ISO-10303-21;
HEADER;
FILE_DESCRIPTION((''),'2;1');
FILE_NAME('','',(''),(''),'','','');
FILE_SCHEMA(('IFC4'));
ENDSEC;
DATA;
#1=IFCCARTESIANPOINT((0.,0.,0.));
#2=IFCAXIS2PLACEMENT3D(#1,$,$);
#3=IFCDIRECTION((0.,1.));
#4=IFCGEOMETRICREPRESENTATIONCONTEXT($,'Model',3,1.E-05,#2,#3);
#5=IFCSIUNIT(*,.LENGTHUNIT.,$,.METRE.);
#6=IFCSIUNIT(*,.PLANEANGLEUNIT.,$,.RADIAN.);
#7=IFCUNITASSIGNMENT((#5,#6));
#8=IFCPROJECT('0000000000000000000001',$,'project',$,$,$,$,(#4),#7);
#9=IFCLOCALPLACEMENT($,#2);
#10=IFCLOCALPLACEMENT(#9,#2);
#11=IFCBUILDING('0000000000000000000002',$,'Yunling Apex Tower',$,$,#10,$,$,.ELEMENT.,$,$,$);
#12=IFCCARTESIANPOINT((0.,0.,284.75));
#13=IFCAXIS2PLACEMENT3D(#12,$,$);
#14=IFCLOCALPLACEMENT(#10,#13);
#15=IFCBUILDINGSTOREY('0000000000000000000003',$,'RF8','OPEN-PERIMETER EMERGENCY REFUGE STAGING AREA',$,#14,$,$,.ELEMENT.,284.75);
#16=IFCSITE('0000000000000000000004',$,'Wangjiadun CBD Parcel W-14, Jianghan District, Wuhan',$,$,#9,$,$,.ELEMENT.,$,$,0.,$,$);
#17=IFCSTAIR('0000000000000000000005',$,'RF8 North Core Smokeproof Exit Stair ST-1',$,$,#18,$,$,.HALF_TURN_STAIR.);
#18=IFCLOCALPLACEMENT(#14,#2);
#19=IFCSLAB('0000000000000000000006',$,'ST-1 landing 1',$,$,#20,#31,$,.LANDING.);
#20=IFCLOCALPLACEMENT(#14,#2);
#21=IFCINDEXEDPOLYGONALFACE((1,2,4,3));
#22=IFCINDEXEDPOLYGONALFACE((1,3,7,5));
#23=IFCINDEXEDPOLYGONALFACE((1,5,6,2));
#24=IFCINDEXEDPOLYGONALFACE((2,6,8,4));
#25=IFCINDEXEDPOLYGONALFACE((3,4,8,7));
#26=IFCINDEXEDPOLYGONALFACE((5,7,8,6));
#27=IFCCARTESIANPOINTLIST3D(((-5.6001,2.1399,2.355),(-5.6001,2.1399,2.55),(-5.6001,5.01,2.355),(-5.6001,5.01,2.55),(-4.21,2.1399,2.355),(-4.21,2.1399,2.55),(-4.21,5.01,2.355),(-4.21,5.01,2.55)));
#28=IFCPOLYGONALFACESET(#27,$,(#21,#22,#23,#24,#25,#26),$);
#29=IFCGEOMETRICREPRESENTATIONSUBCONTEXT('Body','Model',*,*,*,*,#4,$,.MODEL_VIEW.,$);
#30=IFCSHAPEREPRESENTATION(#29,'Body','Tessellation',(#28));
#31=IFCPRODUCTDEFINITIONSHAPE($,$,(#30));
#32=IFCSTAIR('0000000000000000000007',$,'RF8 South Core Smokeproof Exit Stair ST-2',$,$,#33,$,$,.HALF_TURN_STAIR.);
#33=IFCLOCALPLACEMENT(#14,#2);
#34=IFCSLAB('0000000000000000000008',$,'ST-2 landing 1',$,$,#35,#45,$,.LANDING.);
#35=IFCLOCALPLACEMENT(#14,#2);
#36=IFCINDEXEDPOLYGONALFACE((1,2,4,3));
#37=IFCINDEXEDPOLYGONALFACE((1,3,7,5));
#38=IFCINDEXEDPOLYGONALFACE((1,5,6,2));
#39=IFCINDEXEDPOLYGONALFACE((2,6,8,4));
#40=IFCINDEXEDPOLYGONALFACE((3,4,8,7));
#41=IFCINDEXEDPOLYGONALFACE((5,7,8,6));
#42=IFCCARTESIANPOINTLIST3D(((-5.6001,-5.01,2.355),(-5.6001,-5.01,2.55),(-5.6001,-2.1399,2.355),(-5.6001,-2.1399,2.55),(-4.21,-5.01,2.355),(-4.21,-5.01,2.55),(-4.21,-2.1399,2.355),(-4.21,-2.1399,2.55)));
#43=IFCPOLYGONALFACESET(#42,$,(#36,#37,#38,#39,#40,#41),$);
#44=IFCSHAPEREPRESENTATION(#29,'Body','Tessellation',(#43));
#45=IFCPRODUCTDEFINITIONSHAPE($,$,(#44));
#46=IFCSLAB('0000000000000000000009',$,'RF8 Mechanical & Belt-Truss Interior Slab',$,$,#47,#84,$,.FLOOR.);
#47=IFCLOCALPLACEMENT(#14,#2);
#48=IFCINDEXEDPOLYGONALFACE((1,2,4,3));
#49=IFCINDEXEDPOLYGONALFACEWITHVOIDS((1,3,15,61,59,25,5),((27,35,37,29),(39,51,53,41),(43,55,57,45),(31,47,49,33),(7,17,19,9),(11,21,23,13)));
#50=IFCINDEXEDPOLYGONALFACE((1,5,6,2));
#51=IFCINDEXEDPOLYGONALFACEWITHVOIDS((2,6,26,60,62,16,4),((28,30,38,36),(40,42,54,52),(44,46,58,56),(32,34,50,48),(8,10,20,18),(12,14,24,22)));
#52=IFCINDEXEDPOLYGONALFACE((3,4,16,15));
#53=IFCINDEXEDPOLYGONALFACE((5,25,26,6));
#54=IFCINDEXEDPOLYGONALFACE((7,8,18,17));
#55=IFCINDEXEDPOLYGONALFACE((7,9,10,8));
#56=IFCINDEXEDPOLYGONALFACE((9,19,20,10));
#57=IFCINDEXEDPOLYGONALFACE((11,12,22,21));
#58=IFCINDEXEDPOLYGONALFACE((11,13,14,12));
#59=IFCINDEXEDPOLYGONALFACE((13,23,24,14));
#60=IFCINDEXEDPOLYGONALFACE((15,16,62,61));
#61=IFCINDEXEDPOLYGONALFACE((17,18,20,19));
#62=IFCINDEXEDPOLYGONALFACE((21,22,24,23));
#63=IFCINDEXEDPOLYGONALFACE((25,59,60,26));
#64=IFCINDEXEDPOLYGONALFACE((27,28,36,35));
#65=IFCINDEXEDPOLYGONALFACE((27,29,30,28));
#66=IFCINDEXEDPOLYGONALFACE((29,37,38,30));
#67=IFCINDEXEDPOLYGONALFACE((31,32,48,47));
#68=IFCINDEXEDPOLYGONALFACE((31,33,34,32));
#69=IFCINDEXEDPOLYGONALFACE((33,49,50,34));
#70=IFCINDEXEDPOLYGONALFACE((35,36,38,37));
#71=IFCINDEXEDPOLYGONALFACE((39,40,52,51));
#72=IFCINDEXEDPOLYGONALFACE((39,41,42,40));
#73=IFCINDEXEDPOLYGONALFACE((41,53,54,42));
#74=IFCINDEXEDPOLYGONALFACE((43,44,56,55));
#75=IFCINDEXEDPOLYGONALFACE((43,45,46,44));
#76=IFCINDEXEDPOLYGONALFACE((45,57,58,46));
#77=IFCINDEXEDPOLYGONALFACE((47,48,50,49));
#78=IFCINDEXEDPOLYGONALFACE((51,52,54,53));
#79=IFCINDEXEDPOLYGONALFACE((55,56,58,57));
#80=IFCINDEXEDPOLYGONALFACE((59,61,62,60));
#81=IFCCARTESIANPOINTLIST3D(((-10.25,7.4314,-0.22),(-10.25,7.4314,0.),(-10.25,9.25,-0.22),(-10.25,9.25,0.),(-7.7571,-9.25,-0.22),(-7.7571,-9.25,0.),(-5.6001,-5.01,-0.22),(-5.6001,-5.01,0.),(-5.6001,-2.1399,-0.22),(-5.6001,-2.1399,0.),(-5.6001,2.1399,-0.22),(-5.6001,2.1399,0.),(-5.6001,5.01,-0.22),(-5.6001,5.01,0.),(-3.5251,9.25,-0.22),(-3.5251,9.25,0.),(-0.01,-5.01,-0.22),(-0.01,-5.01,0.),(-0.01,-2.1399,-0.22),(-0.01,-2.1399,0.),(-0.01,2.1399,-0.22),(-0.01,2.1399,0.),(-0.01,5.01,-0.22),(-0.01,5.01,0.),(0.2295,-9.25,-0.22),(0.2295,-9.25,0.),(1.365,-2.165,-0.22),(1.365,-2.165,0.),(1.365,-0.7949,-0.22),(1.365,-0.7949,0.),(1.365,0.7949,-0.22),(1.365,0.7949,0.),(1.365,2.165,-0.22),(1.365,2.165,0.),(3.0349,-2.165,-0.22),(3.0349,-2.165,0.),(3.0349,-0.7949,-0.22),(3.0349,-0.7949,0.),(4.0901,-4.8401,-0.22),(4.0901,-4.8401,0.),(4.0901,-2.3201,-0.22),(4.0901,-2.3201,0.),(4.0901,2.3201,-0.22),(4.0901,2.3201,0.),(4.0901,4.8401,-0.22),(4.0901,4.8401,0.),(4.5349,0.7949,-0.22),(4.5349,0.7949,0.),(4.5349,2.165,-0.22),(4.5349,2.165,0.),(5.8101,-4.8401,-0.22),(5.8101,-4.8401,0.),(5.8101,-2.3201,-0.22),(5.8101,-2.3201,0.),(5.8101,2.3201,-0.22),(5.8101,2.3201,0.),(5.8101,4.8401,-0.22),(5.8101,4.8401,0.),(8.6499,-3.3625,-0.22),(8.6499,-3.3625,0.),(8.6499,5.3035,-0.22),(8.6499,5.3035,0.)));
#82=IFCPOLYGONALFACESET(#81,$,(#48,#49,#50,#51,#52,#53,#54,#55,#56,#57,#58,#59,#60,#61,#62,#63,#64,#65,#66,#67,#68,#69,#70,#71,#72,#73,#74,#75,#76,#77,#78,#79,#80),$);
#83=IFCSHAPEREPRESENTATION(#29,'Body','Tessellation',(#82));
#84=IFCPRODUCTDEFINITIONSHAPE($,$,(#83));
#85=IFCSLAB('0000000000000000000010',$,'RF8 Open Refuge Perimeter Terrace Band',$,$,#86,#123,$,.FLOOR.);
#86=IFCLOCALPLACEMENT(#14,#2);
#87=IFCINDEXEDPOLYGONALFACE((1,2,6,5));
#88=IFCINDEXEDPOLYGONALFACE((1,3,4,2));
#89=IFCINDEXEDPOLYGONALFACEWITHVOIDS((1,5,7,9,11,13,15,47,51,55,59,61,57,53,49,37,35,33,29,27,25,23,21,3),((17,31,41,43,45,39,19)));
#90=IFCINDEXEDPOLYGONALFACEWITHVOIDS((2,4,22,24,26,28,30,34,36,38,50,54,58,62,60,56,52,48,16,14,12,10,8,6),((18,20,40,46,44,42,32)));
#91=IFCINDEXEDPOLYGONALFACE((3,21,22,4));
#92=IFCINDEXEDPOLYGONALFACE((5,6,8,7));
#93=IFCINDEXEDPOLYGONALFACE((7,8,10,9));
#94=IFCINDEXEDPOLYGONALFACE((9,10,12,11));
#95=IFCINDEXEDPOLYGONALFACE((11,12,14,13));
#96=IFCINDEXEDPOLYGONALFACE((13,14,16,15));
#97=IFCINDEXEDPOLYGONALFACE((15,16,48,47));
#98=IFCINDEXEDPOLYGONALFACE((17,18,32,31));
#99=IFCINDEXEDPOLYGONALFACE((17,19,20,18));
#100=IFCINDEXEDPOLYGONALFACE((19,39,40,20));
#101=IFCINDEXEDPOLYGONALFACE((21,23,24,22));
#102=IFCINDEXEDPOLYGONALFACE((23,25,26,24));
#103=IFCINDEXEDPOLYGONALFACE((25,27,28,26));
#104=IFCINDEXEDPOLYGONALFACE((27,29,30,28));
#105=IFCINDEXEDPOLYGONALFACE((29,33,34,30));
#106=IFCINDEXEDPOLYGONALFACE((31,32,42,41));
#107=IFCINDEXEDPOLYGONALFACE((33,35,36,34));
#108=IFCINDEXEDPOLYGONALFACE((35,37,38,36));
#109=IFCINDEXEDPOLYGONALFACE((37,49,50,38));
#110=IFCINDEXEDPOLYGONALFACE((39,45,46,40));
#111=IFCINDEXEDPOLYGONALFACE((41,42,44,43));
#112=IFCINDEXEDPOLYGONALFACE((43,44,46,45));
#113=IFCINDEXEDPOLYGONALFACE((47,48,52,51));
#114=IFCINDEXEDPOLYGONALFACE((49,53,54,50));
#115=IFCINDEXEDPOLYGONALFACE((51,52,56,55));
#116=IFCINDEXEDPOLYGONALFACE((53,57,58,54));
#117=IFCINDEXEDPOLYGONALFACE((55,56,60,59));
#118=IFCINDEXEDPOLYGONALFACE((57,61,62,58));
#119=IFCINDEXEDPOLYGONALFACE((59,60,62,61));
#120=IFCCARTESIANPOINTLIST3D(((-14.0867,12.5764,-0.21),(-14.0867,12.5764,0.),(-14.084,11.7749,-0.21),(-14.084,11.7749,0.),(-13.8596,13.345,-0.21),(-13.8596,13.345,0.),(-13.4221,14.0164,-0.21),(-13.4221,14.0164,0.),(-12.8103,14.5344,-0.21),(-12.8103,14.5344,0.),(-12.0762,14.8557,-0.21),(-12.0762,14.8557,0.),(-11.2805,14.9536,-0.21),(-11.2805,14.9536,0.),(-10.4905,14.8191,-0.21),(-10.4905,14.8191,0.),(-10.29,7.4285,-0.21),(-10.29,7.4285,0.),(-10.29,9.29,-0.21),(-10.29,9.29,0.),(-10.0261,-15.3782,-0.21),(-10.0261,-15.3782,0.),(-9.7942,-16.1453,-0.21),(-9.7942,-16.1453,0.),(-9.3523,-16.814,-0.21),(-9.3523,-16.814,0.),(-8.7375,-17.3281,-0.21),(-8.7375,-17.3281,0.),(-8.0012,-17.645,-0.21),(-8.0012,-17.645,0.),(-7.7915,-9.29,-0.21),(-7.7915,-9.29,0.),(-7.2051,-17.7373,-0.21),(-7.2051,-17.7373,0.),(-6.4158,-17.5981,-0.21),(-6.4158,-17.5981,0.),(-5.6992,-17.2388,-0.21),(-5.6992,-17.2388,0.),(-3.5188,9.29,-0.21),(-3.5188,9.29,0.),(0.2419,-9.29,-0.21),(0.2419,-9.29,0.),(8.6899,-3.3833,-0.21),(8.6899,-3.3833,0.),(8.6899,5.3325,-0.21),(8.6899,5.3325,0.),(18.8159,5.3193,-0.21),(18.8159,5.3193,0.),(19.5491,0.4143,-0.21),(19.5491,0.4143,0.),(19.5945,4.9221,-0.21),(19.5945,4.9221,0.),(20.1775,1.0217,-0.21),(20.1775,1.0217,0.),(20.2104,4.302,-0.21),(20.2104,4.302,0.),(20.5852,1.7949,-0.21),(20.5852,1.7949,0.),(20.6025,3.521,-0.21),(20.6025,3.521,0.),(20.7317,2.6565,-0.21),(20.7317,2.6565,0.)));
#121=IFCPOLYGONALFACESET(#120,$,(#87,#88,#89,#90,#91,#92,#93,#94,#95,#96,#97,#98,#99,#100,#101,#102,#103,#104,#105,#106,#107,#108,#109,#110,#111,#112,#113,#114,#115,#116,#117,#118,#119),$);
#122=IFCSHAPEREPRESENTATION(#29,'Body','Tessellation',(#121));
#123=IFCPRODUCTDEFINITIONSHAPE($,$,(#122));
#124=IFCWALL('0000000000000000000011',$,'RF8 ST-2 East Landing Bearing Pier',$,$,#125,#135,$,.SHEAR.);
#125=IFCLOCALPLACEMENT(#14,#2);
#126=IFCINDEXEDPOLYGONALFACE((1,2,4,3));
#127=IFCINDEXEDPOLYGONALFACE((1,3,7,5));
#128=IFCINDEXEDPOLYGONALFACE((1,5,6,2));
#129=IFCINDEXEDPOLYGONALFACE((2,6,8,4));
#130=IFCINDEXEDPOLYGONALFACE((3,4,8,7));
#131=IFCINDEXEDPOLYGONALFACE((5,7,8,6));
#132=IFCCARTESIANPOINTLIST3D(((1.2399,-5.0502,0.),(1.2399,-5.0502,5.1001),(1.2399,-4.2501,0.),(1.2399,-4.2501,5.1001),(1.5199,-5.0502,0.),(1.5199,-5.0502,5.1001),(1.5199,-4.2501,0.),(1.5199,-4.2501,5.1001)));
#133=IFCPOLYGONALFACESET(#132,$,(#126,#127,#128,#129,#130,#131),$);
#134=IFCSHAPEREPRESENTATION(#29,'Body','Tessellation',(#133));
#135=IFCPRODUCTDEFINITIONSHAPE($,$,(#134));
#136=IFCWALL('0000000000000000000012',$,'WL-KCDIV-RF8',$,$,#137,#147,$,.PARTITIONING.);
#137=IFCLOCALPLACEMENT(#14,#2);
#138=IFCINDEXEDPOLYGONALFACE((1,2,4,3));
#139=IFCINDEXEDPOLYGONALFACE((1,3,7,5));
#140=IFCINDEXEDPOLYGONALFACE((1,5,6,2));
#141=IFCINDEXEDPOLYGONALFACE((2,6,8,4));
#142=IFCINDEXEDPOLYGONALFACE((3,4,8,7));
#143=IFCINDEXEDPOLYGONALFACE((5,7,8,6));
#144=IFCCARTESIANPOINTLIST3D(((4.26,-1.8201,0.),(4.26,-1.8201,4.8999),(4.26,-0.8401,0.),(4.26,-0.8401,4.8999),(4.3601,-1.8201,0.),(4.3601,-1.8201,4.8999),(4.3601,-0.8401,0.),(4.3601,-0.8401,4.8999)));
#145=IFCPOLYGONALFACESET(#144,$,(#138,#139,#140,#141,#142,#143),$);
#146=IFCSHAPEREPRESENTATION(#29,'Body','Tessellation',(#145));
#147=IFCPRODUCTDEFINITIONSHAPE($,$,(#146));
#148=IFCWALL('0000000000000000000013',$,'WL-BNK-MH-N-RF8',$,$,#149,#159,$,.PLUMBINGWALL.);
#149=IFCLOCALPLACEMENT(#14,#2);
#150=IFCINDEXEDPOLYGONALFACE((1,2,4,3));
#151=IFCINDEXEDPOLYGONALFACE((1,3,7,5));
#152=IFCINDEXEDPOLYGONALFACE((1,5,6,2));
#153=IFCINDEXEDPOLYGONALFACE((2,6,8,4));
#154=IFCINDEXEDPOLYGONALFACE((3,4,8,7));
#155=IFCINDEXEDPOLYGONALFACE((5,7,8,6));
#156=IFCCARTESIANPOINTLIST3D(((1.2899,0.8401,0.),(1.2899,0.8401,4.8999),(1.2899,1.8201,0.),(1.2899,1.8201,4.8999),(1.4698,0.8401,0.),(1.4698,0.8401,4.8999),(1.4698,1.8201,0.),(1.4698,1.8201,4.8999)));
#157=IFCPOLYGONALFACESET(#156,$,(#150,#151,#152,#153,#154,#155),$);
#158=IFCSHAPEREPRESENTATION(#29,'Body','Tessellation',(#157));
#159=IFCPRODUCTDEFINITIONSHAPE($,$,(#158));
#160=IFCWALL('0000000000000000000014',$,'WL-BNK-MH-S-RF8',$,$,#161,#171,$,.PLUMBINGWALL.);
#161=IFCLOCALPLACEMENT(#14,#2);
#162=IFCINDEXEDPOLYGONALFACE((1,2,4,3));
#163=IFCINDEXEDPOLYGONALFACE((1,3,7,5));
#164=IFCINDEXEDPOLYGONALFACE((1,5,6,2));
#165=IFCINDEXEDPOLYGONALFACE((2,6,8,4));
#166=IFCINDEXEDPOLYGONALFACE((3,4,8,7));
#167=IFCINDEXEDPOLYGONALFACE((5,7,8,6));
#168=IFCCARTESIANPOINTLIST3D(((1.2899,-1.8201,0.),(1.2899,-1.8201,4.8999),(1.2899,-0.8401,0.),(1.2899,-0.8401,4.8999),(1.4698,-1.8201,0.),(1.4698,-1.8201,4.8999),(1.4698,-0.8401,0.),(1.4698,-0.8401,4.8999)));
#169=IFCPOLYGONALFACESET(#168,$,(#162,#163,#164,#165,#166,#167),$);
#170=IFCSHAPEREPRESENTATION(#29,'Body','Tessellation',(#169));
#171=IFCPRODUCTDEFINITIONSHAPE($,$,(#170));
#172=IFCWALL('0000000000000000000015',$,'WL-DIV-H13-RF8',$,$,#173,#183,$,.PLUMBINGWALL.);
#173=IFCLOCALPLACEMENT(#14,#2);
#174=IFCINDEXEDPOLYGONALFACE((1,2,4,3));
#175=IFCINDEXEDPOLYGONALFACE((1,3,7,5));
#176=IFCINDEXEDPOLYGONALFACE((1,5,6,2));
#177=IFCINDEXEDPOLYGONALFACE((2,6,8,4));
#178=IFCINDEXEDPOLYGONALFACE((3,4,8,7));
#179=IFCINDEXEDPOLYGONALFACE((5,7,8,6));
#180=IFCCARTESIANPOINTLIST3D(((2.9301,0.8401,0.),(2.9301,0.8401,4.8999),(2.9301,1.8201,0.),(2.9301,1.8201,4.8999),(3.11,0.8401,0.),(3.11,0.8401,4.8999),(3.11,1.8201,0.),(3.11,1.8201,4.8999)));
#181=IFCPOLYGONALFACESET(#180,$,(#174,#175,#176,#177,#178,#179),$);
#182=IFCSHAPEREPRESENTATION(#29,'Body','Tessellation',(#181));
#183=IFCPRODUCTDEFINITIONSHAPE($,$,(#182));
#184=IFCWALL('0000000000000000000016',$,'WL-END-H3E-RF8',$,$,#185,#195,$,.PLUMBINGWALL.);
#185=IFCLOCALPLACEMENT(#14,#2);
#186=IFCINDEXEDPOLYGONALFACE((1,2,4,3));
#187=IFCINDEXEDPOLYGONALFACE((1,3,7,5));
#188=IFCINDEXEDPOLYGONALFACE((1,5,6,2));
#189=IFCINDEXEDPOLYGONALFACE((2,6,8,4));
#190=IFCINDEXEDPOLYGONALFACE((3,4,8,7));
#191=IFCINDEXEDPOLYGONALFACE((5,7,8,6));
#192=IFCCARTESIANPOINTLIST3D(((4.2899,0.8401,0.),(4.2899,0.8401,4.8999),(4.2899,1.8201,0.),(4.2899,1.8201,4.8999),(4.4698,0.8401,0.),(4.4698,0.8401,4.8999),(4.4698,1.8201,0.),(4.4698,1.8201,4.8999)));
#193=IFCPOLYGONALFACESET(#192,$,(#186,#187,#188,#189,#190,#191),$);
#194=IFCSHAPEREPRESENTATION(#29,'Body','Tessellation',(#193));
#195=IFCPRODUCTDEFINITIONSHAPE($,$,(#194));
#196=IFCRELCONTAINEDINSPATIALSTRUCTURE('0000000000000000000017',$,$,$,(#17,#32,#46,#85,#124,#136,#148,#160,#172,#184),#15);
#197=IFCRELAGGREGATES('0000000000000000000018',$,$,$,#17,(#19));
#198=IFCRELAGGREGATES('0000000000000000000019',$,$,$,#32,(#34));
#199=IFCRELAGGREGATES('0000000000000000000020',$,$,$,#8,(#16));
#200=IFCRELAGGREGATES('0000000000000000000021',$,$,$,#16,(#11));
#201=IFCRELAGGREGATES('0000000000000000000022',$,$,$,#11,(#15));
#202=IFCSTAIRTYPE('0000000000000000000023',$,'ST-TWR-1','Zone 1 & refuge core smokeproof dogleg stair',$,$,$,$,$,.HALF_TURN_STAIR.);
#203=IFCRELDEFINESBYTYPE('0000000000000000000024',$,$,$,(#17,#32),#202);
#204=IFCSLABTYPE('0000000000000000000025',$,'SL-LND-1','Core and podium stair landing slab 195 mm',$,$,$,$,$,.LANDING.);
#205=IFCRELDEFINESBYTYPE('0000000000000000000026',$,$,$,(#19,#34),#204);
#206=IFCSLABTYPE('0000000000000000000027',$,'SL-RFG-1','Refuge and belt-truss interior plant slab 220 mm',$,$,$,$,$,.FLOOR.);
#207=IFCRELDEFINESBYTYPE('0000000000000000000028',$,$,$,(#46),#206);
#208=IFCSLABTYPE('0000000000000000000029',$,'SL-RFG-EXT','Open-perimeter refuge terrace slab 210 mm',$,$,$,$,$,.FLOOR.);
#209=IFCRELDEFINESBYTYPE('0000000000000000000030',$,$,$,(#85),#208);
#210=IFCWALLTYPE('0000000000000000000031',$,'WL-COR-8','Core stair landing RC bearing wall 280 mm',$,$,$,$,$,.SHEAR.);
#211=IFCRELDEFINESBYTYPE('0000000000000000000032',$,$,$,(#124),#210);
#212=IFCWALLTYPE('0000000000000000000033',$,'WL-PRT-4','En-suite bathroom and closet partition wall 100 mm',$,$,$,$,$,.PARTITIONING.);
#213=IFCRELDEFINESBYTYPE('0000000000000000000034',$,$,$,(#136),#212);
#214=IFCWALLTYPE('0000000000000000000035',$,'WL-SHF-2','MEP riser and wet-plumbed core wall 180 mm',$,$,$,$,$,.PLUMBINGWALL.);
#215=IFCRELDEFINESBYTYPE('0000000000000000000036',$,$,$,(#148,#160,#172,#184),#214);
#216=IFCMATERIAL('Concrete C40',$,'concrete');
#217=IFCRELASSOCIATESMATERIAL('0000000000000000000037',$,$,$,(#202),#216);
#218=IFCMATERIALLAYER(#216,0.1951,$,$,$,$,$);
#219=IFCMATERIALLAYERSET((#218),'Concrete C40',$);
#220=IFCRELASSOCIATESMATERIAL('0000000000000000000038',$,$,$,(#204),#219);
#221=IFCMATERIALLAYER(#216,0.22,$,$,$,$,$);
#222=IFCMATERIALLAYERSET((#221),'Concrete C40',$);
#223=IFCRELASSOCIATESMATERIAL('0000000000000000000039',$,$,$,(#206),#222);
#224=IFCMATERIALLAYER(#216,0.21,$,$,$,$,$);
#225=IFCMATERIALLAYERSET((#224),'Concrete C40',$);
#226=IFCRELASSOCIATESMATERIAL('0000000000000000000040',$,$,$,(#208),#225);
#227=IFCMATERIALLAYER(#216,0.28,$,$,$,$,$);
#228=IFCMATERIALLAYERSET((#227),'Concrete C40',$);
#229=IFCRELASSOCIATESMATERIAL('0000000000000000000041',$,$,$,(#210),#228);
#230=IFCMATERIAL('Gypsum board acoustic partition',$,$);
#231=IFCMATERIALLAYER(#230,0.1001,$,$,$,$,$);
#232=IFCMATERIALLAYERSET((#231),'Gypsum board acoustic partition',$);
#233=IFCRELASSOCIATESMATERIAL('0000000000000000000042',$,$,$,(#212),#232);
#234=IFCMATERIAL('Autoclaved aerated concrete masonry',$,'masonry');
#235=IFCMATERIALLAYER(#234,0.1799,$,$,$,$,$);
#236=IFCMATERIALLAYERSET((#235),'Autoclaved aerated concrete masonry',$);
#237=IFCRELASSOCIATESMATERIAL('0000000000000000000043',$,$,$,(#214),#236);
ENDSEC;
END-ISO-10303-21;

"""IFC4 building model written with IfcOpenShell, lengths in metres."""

from ifc_helpers import new_model, si_unit, direction, frame, frame_2d, origin, place, context, subcontext, project, spatial, polyline, rectangle, outline, extrude, material, layer, layer_set, type_object, element, aggregate, save


model = new_model("IFC4")

# Units and contexts
model_context = context("Model", 3, precision=1e-05, world=origin(), true_north=direction((0.0, 1.0)))
body_context = subcontext(model_context, "Body", "Model", "MODEL_VIEW")
ifc_project = project(units=[si_unit("LENGTHUNIT", "METRE"), si_unit("PLANEANGLEUNIT", "RADIAN")], contexts=[model_context])

# Site, building, storey
site_placement = place(None, origin())
site = spatial("IfcSite", under=ifc_project, at=site_placement, Name="Wangjiadun CBD Parcel W-14, Jianghan District, Wuhan", CompositionType="ELEMENT", RefElevation=0.0)
building_placement = place(site_placement, origin())
building = spatial("IfcBuilding", under=site, at=building_placement, Name="Yunling Apex Tower", CompositionType="ELEMENT")
storey_placement = place(building_placement, frame((0.0, 0.0, 284.75)))
storey = spatial("IfcBuildingStorey", under=building, at=storey_placement, Name="RF8", Description="OPEN-PERIMETER EMERGENCY REFUGE STAGING AREA", CompositionType="ELEMENT", Elevation=284.75)

# Stairs, slabs
ifc_material_1 = material(Name="Concrete C40", Category="concrete")
stair_type = type_object("IfcStairType", Name="ST-TWR-1", Description="Zone 1 & refuge core smokeproof dogleg stair", PredefinedType="HALF_TURN_STAIR", material=ifc_material_1)
stair_1_placement = place(storey_placement, origin())
stair_1 = element("IfcStair", 1, at=stair_1_placement, inside=storey, type_object=stair_type, Name="RF8 North Core Smokeproof Exit Stair ST-1", PredefinedType="HALF_TURN_STAIR")
ifc_layer_1 = layer(ifc_material_1, 0.1951)
ifc_layer_set_1 = layer_set([ifc_layer_1], Name="Concrete C40")
slab_type_1 = type_object("IfcSlabType", Name="SL-LND-1", Description="Core and podium stair landing slab 195 mm", PredefinedType="LANDING", material=ifc_layer_set_1)
slab_1_placement = place(storey_placement, frame((0.0, 0.0, 2.355)))
slab_1 = element("IfcSlab", 2, at=slab_1_placement, type_object=slab_type_1, Name="ST-1 landing 1", PredefinedType="LANDING", context=body_context, shape_type="SweptSolid", body=[
    extrude(outline(polyline([(-4.21, 5.01), (-5.6001, 5.01), (-5.6001, 2.1399), (-4.21, 2.1399), (-4.21, 5.01)])), origin(), (0.0, 0.0, 1.0), 0.1951),
])
aggregate(stair_1, [slab_1])
stair_2_placement = place(storey_placement, origin())
stair_2 = element("IfcStair", 3, at=stair_2_placement, inside=storey, type_object=stair_type, Name="RF8 South Core Smokeproof Exit Stair ST-2", PredefinedType="HALF_TURN_STAIR")
slab_2_placement = place(storey_placement, frame((0.0, 0.0, 2.355)))
slab_2 = element("IfcSlab", 4, at=slab_2_placement, type_object=slab_type_1, Name="ST-2 landing 1", PredefinedType="LANDING", context=body_context, shape_type="SweptSolid", body=[
    extrude(outline(polyline([(-4.21, -2.1399), (-5.6001, -2.1399), (-5.6001, -5.01), (-4.21, -5.01), (-4.21, -2.1399)])), origin(), (0.0, 0.0, 1.0), 0.1951),
])

# Slabs
ifc_layer_2 = layer(ifc_material_1, 0.22)
ifc_layer_set_2 = layer_set([ifc_layer_2], Name="Concrete C40")
slab_type_2 = type_object("IfcSlabType", Name="SL-RFG-1", Description="Refuge and belt-truss interior plant slab 220 mm", PredefinedType="FLOOR", material=ifc_layer_set_2)
slab_3_placement = place(storey_placement, frame((0.0, 0.0, -0.22)))
element("IfcSlab", 5, at=slab_3_placement, inside=storey, type_object=slab_type_2, Name="RF8 Mechanical & Belt-Truss Interior Slab", PredefinedType="FLOOR", context=body_context, shape_type="SweptSolid", body=[
    extrude(outline(polyline([(8.6499, 5.3035), (-3.5251, 9.25), (-10.25, 9.25), (-10.25, 7.4314), (-7.7571, -9.25), (0.2295, -9.25), (8.6499, -3.3625), (8.6499, 5.3035)]), holes=[polyline([(4.0901, 4.8401), (5.8101, 4.8401), (5.8101, 2.3201), (4.0901, 2.3201), (4.0901, 4.8401)]), polyline([(4.0901, -4.8401), (4.0901, -2.3201), (5.8101, -2.3201), (5.8101, -4.8401), (4.0901, -4.8401)]), polyline([(4.5349, 0.7949), (1.365, 0.7949), (1.365, 2.165), (4.5349, 2.165), (4.5349, 0.7949)]), polyline([(1.365, -0.7949), (3.0349, -0.7949), (3.0349, -2.165), (1.365, -2.165), (1.365, -0.7949)]), polyline([(-0.01, -5.01), (-5.6001, -5.01), (-5.6001, -2.1399), (-0.01, -2.1399), (-0.01, -5.01)]), polyline([(-0.01, 2.1399), (-5.6001, 2.1399), (-5.6001, 5.01), (-0.01, 5.01), (-0.01, 2.1399)])]), origin(), (0.0, 0.0, 1.0), 0.22),
])
ifc_layer_3 = layer(ifc_material_1, 0.21)
ifc_layer_set_3 = layer_set([ifc_layer_3], Name="Concrete C40")
slab_type_3 = type_object("IfcSlabType", Name="SL-RFG-EXT", Description="Open-perimeter refuge terrace slab 210 mm", PredefinedType="FLOOR", material=ifc_layer_set_3)
slab_4_placement = place(storey_placement, frame((0.0, 0.0, -0.21)))
element("IfcSlab", 6, at=slab_4_placement, inside=storey, type_object=slab_type_3, Name="RF8 Open Refuge Perimeter Terrace Band", PredefinedType="FLOOR", context=body_context, shape_type="SweptSolid", body=[
    extrude(outline(polyline([(-10.0261, -15.3782), (-9.7942, -16.1453), (-9.3523, -16.814), (-8.7375, -17.3281), (-8.0012, -17.645), (-7.2051, -17.7373), (-6.4158, -17.5981), (-5.6992, -17.2388), (19.5491, 0.4143), (20.1775, 1.0217), (20.5852, 1.7949), (20.7317, 2.6565), (20.6025, 3.521), (20.2104, 4.302), (19.5945, 4.9221), (18.8159, 5.3193), (-10.4905, 14.8191), (-11.2805, 14.9536), (-12.0762, 14.8557), (-12.8103, 14.5344), (-13.4221, 14.0164), (-13.8596, 13.345), (-14.0867, 12.5764), (-14.084, 11.7749), (-10.0261, -15.3782)]), holes=[polyline([(0.2419, -9.29), (-7.7915, -9.29), (-10.29, 7.4285), (-10.29, 9.29), (-3.5188, 9.29), (8.6899, 5.3325), (8.6899, -3.3833), (0.2419, -9.29)])]), origin(), (0.0, 0.0, 1.0), 0.21),
])

# Walls
ifc_layer_4 = layer(ifc_material_1, 0.28)
ifc_layer_set_4 = layer_set([ifc_layer_4], Name="Concrete C40")
wall_type_1 = type_object("IfcWallType", Name="WL-COR-8", Description="Core stair landing RC bearing wall 280 mm", PredefinedType="SHEAR", material=ifc_layer_set_4)
wall_1_placement = place(storey_placement, frame((1.3799, -5.05, 0.0), z_axis=(0.0, 0.0, 1.0), x_axis=(0.0, 1.0, 0.0)))
element("IfcWall", 7, at=wall_1_placement, inside=storey, type_object=wall_type_1, Name="RF8 ST-2 East Landing Bearing Pier", PredefinedType="SHEAR", context=body_context, shape_type="SweptSolid", body=[
    extrude(rectangle(XDim=0.8, YDim=0.28, at=frame_2d((0.3999, 0.0))), origin(), (0.0, 0.0, 1.0), 5.1001),
])
ifc_material_2 = material(Name="Gypsum board acoustic partition")
ifc_layer_5 = layer(ifc_material_2, 0.1001)
ifc_layer_set_5 = layer_set([ifc_layer_5], Name="Gypsum board acoustic partition")
wall_type_2 = type_object("IfcWallType", Name="WL-PRT-4", Description="En-suite bathroom and closet partition wall 100 mm", PredefinedType="PARTITIONING", material=ifc_layer_set_5)
wall_2_placement = place(storey_placement, frame((4.3101, -1.8201, 0.0), z_axis=(0.0, 0.0, 1.0), x_axis=(0.0, 1.0, 0.0)))
element("IfcWall", 8, at=wall_2_placement, inside=storey, type_object=wall_type_2, Name="WL-KCDIV-RF8", PredefinedType="PARTITIONING", context=body_context, shape_type="SweptSolid", body=[
    extrude(rectangle(XDim=0.98, YDim=0.1001, at=frame_2d((0.49, 0.0))), origin(), (0.0, 0.0, 1.0), 4.8999),
])

# Shared definitions
ifc_material_3 = material(Name="Autoclaved aerated concrete masonry", Category="masonry")

# Walls
ifc_layer_6 = layer(ifc_material_3, 0.1799)
ifc_layer_set_6 = layer_set([ifc_layer_6], Name="Autoclaved aerated concrete masonry")
wall_type_3 = type_object("IfcWallType", Name="WL-SHF-2", Description="MEP riser and wet-plumbed core wall 180 mm", PredefinedType="PLUMBINGWALL", material=ifc_layer_set_6)
for number, where, z_axis, x_axis, name in (
    (9, (1.3799, 0.8401, 0.0), (0.0, 0.0, 1.0), (0.0, 1.0, 0.0), "WL-BNK-MH-N-RF8"),
    (10, (1.3799, -1.8201, 0.0), (0.0, 0.0, 1.0), (0.0, 1.0, 0.0), "WL-BNK-MH-S-RF8"),
    (11, (3.02, 0.8401, 0.0), (0.0, 0.0, 1.0), (0.0, 1.0, 0.0), "WL-DIV-H13-RF8"),
    (12, (4.3799, 0.8401, 0.0), (0.0, 0.0, 1.0), (0.0, 1.0, 0.0), "WL-END-H3E-RF8"),
):
    element("IfcWall", number, at=place(storey_placement, frame(where, z_axis=z_axis, x_axis=x_axis)), inside=storey, type_object=wall_type_3, Name=name, PredefinedType="PLUMBINGWALL", context=body_context, shape_type="SweptSolid", body=[
        extrude(rectangle(XDim=0.98, YDim=0.1799, at=frame_2d((0.49, 0.0))), origin(), (0.0, 0.0, 1.0), 4.8999),
    ])

aggregate(stair_2, [slab_2])

save(model, "model.ifc")
